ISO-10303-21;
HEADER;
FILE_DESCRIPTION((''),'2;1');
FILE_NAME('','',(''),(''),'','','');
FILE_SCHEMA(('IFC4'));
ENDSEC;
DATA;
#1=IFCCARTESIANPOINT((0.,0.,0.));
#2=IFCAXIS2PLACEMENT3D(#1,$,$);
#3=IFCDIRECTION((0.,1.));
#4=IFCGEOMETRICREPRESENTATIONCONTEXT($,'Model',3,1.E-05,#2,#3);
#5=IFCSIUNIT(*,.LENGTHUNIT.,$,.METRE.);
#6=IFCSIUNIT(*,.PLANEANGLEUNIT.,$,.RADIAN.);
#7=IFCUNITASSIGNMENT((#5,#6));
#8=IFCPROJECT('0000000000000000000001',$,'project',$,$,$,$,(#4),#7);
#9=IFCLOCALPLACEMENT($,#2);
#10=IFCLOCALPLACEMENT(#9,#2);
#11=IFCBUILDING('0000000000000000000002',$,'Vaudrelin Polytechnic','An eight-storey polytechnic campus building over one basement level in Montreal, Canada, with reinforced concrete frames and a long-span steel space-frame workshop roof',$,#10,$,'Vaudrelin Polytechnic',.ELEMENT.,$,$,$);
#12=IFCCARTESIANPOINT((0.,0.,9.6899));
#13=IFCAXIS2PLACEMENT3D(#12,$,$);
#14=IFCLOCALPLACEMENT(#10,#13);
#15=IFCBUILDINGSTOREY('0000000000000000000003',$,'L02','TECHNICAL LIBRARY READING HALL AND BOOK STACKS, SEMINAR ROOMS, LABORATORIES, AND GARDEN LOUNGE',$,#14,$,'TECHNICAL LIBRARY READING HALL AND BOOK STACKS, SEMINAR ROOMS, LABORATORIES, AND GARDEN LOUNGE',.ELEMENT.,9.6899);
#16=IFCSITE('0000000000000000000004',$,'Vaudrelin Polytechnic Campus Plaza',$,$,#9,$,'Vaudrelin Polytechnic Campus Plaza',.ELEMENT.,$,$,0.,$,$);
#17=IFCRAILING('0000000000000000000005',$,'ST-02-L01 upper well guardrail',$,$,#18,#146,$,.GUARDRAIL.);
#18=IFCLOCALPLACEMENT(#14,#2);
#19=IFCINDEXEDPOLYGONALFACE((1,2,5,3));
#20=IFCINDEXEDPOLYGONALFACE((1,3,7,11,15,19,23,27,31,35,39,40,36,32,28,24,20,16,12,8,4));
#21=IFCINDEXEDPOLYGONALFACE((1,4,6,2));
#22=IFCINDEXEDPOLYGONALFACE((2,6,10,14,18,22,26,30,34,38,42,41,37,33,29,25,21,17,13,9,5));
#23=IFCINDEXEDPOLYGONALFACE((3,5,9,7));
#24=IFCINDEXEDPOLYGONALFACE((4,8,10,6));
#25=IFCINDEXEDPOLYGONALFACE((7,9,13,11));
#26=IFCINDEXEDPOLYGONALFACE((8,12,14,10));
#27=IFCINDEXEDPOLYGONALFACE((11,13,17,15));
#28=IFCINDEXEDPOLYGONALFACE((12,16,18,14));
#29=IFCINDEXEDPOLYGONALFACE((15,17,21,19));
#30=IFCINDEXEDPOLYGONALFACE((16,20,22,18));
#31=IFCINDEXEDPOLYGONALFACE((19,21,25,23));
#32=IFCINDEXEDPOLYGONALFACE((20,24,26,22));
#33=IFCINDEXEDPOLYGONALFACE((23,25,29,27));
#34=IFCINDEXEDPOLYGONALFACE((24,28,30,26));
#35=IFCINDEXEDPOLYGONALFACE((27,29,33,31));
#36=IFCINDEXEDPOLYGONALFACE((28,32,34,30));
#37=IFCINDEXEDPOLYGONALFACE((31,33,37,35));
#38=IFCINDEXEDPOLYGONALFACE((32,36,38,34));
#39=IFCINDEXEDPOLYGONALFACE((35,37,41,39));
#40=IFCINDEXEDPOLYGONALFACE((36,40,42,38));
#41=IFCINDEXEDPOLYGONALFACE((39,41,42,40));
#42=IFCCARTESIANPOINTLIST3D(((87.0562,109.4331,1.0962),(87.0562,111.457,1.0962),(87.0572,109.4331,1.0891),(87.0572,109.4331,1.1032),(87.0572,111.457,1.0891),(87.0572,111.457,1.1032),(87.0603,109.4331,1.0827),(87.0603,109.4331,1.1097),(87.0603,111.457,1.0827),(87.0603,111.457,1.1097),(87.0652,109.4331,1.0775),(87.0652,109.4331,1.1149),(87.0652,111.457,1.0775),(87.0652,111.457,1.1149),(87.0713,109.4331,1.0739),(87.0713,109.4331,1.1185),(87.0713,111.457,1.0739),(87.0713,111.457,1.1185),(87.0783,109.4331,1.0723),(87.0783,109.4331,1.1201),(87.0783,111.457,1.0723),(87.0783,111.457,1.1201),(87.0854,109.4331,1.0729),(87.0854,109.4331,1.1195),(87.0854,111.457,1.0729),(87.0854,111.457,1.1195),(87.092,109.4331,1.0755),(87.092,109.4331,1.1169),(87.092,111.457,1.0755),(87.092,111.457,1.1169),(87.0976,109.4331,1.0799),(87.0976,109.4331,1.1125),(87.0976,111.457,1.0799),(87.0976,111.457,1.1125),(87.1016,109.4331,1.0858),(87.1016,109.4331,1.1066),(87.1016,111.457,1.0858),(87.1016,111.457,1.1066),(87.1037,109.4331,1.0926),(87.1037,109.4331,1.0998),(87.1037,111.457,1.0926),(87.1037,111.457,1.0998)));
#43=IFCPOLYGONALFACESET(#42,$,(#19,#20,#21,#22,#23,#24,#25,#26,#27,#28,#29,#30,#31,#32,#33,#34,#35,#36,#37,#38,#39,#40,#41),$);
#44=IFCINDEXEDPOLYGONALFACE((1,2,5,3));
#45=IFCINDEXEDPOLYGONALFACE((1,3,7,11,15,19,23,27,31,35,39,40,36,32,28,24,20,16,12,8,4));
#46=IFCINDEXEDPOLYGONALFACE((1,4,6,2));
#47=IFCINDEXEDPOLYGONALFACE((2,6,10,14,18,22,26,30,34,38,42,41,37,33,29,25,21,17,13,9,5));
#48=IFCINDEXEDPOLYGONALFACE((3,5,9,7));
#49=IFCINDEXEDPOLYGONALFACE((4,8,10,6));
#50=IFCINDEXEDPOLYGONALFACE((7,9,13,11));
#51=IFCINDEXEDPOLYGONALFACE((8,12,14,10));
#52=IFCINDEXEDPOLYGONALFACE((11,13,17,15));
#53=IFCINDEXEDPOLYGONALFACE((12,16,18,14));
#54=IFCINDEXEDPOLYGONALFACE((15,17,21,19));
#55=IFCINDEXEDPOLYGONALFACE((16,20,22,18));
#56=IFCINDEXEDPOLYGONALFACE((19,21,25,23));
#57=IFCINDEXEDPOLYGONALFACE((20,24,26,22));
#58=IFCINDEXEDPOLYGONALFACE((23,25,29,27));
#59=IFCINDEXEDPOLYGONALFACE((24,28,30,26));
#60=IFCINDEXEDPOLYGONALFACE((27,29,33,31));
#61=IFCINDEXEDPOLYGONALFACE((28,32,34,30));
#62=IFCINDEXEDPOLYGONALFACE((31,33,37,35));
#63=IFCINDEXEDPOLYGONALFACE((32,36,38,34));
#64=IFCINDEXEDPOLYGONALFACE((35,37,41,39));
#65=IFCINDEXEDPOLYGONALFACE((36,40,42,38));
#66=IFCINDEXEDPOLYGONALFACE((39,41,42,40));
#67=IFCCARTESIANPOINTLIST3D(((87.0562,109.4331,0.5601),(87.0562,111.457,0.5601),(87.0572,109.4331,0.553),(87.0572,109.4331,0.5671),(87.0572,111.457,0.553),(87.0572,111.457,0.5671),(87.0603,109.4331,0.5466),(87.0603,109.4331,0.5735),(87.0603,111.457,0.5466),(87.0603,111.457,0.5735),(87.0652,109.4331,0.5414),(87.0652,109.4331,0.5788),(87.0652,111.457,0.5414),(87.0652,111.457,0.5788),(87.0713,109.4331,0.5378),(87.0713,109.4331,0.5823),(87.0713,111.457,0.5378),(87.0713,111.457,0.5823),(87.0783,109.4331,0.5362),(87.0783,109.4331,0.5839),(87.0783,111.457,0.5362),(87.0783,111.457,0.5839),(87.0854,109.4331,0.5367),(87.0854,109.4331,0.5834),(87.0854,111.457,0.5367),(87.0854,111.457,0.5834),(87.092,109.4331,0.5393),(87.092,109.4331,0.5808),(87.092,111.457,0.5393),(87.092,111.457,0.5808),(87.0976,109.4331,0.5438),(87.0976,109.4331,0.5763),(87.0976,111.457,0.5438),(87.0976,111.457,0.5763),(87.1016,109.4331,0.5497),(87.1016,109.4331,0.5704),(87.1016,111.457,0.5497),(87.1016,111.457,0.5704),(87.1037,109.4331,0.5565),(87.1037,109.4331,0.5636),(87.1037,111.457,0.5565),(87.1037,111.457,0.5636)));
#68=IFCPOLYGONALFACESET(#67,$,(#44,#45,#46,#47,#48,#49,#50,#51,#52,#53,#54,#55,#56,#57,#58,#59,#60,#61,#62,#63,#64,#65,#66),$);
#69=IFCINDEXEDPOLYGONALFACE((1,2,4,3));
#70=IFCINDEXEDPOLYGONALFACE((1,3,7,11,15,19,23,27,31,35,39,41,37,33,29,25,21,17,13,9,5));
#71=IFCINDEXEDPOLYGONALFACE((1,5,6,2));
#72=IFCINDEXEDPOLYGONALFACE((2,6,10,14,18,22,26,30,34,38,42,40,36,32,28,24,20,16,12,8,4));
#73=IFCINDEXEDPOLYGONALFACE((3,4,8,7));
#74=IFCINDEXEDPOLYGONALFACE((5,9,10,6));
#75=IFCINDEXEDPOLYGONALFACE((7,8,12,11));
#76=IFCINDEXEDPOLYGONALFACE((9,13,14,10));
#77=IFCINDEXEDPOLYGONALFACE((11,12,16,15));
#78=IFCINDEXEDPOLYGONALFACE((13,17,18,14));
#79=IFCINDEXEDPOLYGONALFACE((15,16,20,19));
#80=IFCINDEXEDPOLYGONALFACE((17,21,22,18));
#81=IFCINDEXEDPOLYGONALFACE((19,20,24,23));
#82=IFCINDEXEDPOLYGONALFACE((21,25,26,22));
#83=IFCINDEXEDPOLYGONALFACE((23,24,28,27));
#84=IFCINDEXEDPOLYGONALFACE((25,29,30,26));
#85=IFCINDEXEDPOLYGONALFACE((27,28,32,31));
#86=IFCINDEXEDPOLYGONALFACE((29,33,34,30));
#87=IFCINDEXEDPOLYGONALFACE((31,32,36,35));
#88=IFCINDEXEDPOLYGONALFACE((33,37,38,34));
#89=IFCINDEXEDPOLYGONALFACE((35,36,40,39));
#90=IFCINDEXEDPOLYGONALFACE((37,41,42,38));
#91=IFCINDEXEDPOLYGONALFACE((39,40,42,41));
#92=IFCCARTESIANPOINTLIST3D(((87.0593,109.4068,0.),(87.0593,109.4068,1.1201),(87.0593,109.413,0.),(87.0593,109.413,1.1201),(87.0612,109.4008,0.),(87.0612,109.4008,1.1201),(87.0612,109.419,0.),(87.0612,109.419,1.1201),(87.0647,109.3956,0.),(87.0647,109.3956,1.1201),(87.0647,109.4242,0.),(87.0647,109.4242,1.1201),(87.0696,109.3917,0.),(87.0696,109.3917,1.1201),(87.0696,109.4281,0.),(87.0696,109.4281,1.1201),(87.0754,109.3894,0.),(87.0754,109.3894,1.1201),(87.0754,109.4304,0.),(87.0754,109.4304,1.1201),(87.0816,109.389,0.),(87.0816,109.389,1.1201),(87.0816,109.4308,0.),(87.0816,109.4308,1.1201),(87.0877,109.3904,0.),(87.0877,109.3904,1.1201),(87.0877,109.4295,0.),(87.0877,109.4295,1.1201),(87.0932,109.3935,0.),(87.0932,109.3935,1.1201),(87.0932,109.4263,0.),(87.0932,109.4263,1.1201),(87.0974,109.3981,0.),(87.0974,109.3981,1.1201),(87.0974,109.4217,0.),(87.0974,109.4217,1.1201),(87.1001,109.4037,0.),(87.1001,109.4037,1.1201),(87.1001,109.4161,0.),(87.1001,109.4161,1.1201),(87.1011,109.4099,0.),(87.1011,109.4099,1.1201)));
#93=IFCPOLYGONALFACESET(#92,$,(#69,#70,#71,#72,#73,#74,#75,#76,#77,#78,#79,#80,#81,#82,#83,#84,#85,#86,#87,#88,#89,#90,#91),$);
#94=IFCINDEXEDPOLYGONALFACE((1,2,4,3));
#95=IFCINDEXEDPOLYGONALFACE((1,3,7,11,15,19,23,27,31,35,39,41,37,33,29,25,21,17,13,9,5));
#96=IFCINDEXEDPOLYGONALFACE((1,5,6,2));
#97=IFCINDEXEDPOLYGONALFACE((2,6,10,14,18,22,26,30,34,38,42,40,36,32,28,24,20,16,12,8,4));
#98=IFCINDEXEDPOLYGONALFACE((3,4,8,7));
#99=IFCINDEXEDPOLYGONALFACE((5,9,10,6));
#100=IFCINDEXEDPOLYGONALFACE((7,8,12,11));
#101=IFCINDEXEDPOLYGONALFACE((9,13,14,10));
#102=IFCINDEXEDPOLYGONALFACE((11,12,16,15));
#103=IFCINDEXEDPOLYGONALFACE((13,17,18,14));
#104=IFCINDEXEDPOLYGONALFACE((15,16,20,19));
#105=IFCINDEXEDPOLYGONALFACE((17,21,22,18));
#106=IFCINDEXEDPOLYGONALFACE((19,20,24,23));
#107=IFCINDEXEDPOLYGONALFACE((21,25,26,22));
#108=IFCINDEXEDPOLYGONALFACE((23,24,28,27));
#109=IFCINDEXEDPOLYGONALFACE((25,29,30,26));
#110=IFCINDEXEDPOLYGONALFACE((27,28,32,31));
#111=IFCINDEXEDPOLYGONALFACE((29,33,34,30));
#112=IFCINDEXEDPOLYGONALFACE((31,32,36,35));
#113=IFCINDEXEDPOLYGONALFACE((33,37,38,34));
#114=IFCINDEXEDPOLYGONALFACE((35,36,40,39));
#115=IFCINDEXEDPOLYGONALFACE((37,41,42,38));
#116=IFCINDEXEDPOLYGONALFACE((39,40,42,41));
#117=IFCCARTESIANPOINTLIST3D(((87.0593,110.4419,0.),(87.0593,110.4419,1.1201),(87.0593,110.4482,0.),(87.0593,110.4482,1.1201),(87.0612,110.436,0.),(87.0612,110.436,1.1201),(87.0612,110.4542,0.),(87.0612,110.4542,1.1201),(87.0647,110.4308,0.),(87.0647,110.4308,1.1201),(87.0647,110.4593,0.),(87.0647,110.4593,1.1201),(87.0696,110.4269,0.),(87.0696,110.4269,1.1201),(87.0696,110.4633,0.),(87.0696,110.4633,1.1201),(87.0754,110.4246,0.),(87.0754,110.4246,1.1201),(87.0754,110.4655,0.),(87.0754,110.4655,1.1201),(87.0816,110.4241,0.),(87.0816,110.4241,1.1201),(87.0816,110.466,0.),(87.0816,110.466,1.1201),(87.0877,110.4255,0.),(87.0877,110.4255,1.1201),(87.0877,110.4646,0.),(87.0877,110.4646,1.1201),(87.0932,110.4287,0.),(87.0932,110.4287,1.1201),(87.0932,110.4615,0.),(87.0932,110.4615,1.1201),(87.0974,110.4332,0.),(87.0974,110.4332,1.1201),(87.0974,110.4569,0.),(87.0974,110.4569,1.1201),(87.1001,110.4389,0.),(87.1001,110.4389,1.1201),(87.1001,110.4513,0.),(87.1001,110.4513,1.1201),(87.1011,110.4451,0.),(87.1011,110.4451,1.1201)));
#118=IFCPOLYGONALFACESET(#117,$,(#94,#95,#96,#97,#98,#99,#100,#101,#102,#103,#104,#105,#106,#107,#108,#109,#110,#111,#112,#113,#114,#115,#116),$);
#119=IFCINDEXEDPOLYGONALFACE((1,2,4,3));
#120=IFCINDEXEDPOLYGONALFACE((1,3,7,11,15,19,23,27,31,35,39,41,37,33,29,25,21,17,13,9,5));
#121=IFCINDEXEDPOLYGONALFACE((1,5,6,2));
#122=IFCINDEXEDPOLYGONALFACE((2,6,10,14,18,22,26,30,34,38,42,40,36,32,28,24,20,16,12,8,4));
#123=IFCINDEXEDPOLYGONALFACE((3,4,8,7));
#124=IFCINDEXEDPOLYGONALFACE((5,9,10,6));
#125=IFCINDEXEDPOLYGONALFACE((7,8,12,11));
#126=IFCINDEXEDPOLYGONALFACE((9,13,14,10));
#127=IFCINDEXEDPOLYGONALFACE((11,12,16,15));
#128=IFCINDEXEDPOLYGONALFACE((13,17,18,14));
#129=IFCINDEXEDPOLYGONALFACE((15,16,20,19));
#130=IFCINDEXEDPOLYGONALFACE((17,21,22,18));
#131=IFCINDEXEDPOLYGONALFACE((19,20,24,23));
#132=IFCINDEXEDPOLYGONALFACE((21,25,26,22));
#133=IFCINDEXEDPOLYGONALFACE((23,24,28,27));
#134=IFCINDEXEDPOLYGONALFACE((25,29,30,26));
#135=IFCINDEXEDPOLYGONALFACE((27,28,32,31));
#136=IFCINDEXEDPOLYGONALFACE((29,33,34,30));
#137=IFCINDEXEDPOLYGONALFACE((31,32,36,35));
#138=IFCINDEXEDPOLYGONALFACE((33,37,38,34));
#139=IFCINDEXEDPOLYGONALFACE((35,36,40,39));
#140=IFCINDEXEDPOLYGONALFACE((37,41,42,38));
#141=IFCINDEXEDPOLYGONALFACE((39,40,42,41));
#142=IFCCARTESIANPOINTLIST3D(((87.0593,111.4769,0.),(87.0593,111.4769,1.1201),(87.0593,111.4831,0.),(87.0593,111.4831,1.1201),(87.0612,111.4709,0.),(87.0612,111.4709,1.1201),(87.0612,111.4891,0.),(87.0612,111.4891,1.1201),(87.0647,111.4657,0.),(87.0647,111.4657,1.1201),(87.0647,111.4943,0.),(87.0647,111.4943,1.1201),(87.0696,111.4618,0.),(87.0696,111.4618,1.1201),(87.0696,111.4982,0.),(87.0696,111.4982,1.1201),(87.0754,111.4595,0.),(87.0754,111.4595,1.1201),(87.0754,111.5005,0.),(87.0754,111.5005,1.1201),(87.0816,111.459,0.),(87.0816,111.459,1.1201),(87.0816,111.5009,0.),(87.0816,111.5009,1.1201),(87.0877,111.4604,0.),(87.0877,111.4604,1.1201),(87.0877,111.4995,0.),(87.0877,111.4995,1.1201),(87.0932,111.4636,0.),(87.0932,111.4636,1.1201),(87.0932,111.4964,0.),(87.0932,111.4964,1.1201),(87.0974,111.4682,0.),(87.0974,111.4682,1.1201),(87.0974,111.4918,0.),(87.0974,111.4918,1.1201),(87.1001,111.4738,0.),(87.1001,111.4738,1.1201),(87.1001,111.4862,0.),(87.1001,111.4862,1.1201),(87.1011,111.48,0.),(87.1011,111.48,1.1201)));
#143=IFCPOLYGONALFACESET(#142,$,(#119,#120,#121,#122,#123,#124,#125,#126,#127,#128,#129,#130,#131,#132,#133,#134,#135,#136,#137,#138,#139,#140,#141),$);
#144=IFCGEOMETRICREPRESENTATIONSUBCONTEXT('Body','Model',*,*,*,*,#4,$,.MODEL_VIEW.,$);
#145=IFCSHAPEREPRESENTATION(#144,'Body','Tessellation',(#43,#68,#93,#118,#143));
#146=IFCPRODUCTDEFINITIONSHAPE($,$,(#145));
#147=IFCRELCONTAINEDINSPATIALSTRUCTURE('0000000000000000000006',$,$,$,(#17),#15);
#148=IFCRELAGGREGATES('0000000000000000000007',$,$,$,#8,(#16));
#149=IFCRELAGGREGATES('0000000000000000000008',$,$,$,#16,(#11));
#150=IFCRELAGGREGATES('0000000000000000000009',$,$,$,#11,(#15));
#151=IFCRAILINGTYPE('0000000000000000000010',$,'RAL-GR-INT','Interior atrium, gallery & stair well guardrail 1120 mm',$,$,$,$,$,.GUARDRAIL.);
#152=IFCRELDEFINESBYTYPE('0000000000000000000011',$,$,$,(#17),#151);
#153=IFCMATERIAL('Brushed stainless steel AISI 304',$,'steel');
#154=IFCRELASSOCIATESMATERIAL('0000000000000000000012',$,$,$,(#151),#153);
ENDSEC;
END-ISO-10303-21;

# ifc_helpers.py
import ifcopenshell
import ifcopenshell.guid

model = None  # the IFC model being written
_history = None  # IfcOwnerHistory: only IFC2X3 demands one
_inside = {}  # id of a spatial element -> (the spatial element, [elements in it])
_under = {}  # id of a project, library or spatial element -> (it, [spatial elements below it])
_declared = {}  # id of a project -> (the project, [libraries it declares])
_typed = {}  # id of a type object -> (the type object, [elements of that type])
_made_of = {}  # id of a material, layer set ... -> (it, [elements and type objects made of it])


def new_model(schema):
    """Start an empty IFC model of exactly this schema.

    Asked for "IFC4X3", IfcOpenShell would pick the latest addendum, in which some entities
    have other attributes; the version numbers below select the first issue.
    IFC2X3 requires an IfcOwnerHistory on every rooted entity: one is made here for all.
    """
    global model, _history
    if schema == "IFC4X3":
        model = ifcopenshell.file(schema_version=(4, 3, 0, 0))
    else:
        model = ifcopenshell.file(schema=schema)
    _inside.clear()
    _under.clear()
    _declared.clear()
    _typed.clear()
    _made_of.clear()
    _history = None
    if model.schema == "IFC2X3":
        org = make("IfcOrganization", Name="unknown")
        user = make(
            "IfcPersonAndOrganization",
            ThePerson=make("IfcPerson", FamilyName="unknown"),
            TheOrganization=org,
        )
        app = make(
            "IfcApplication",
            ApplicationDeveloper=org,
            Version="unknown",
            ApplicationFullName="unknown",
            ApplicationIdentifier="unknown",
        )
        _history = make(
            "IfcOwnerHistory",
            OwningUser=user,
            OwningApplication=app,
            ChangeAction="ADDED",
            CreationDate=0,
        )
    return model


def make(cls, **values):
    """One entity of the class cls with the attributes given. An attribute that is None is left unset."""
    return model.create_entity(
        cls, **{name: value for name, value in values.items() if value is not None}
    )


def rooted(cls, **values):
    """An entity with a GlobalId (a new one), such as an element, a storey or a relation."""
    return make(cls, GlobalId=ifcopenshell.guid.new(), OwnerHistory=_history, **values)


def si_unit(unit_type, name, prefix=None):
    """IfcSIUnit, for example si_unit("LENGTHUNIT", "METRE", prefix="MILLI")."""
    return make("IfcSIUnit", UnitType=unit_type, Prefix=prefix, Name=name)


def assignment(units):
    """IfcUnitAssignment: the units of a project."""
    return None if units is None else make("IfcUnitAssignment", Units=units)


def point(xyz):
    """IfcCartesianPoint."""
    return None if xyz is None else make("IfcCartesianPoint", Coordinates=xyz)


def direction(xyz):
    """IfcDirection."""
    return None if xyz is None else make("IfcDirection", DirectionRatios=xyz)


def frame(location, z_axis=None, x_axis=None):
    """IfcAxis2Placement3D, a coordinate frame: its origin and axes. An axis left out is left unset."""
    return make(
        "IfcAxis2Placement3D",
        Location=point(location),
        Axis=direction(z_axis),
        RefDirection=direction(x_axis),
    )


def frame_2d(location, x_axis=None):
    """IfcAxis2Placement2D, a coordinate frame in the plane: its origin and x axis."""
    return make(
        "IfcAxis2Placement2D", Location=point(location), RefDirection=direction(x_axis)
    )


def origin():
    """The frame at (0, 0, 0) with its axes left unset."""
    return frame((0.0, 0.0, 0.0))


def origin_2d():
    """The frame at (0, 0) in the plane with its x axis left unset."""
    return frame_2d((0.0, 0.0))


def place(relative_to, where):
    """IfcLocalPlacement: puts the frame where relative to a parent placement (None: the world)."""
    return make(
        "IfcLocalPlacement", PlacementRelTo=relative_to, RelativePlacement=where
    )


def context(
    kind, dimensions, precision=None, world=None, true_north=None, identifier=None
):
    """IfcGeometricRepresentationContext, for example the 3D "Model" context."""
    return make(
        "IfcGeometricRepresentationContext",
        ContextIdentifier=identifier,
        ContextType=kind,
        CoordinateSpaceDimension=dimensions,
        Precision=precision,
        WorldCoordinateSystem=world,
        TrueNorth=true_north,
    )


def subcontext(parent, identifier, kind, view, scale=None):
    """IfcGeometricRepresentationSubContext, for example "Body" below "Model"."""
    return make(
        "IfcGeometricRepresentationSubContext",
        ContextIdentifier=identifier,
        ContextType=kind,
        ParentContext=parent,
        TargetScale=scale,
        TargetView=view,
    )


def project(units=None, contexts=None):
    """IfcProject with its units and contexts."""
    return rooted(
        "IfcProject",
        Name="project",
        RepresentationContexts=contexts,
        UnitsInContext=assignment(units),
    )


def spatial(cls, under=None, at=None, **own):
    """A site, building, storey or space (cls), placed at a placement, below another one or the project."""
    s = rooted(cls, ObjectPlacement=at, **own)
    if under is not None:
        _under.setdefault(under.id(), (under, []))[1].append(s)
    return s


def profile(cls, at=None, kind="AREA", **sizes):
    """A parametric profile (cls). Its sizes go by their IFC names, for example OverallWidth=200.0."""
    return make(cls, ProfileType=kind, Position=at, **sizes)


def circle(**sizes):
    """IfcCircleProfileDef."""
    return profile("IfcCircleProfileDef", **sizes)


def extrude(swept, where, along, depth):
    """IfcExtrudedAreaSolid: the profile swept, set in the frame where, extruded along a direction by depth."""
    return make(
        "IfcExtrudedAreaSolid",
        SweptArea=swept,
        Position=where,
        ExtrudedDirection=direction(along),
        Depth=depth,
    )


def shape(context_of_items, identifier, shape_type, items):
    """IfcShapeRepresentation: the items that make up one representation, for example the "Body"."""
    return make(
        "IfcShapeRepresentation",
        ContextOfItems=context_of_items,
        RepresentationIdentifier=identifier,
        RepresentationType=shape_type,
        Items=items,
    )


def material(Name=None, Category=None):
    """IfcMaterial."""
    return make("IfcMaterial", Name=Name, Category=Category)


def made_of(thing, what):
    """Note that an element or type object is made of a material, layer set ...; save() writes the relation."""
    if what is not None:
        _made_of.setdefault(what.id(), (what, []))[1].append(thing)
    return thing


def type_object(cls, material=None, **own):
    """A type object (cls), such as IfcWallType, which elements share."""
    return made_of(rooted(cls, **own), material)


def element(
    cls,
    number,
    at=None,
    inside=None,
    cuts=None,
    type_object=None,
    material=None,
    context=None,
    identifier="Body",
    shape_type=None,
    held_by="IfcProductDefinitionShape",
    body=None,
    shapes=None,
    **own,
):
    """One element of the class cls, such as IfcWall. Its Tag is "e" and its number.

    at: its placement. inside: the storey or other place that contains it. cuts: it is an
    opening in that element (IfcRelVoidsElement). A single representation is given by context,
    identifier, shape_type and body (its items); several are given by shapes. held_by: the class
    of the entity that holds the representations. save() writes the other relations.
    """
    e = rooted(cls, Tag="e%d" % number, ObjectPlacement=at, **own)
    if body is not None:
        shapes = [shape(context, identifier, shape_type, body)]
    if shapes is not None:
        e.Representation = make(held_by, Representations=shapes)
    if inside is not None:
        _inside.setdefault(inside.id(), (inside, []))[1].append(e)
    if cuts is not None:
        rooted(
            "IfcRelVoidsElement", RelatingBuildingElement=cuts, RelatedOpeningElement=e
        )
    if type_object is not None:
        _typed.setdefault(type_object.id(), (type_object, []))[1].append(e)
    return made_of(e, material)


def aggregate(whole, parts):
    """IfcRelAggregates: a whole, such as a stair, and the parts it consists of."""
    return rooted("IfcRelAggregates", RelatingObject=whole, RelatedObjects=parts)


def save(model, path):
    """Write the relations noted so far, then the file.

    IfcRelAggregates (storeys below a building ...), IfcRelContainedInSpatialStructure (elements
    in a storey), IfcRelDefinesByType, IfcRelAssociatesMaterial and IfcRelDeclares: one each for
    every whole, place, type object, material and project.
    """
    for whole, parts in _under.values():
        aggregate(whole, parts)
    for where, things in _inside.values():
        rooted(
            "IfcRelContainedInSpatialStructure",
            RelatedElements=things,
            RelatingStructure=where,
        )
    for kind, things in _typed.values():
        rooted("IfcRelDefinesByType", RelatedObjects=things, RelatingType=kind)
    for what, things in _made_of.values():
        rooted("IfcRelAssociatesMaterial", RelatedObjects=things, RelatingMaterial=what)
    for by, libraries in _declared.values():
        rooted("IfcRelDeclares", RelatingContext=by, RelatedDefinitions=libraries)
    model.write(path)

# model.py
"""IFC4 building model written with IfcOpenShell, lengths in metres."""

from ifc_helpers import new_model, si_unit, direction, frame, origin, origin_2d, place, context, subcontext, project, spatial, circle, extrude, material, type_object, element, save


model = new_model("IFC4")

# Units and contexts
model_context = context("Model", 3, precision=1e-05, world=origin(), true_north=direction((0.0, 1.0)))
body_context = subcontext(model_context, "Body", "Model", "MODEL_VIEW")
ifc_project = project(units=[si_unit("LENGTHUNIT", "METRE"), si_unit("PLANEANGLEUNIT", "RADIAN")], contexts=[model_context])

# Site, building, storey
site_placement = place(None, origin())
site = spatial("IfcSite", under=ifc_project, at=site_placement, Name="Vaudrelin Polytechnic Campus Plaza", LongName="Vaudrelin Polytechnic Campus Plaza", CompositionType="ELEMENT", RefElevation=0.0)
building_placement = place(site_placement, origin())
building = spatial("IfcBuilding", under=site, at=building_placement, Name="Vaudrelin Polytechnic", Description="An eight-storey polytechnic campus building over one basement level in Montreal, Canada, with reinforced concrete frames and a long-span steel space-frame workshop roof", LongName="Vaudrelin Polytechnic", CompositionType="ELEMENT")
storey_placement = place(building_placement, frame((0.0, 0.0, 9.6899)))
storey = spatial("IfcBuildingStorey", under=building, at=storey_placement, Name="L02", Description="TECHNICAL LIBRARY READING HALL AND BOOK STACKS, SEMINAR ROOMS, LABORATORIES, AND GARDEN LOUNGE", LongName="TECHNICAL LIBRARY READING HALL AND BOOK STACKS, SEMINAR ROOMS, LABORATORIES, AND GARDEN LOUNGE", CompositionType="ELEMENT", Elevation=9.6899)

# Railing
ifc_material_1 = material(Name="Brushed stainless steel AISI 304", Category="steel")
railing_type_1 = type_object("IfcRailingType", Name="RAL-GR-INT", Description="Interior atrium, gallery & stair well guardrail 1120 mm", PredefinedType="GUARDRAIL", material=ifc_material_1)
railing_1_placement = place(storey_placement, frame((87.0801, 109.4099, 0.0)))
element("IfcRailing", 1, at=railing_1_placement, inside=storey, type_object=railing_type_1, Name="ST-02-L01 upper well guardrail", PredefinedType="GUARDRAIL", context=body_context, shape_type="SweptSolid", body=[
    extrude(circle(Radius=0.0239, at=origin_2d()), frame((0.0, 0.0232, 1.0962), z_axis=(0.0, 1.0, 0.0), x_axis=(-1.0, 0.0, 0.0)), (0.0, 0.0, 1.0), 2.0239),
    extrude(circle(Radius=0.0239, at=origin_2d()), frame((0.0, 0.0232, 0.5601), z_axis=(0.0, 1.0, 0.0), x_axis=(-1.0, 0.0, 0.0)), (0.0, 0.0, 1.0), 2.0239),
    extrude(circle(Radius=0.021, at=origin_2d()), origin(), (0.0, 0.0, 1.0), 1.1201),
    extrude(circle(Radius=0.021, at=origin_2d()), frame((0.0, 1.0352, 0.0)), (0.0, 0.0, 1.0), 1.1201),
    extrude(circle(Radius=0.021, at=origin_2d()), frame((0.0, 2.0701, 0.0)), (0.0, 0.0, 1.0), 1.1201),
])

save(model, "model.ifc")
